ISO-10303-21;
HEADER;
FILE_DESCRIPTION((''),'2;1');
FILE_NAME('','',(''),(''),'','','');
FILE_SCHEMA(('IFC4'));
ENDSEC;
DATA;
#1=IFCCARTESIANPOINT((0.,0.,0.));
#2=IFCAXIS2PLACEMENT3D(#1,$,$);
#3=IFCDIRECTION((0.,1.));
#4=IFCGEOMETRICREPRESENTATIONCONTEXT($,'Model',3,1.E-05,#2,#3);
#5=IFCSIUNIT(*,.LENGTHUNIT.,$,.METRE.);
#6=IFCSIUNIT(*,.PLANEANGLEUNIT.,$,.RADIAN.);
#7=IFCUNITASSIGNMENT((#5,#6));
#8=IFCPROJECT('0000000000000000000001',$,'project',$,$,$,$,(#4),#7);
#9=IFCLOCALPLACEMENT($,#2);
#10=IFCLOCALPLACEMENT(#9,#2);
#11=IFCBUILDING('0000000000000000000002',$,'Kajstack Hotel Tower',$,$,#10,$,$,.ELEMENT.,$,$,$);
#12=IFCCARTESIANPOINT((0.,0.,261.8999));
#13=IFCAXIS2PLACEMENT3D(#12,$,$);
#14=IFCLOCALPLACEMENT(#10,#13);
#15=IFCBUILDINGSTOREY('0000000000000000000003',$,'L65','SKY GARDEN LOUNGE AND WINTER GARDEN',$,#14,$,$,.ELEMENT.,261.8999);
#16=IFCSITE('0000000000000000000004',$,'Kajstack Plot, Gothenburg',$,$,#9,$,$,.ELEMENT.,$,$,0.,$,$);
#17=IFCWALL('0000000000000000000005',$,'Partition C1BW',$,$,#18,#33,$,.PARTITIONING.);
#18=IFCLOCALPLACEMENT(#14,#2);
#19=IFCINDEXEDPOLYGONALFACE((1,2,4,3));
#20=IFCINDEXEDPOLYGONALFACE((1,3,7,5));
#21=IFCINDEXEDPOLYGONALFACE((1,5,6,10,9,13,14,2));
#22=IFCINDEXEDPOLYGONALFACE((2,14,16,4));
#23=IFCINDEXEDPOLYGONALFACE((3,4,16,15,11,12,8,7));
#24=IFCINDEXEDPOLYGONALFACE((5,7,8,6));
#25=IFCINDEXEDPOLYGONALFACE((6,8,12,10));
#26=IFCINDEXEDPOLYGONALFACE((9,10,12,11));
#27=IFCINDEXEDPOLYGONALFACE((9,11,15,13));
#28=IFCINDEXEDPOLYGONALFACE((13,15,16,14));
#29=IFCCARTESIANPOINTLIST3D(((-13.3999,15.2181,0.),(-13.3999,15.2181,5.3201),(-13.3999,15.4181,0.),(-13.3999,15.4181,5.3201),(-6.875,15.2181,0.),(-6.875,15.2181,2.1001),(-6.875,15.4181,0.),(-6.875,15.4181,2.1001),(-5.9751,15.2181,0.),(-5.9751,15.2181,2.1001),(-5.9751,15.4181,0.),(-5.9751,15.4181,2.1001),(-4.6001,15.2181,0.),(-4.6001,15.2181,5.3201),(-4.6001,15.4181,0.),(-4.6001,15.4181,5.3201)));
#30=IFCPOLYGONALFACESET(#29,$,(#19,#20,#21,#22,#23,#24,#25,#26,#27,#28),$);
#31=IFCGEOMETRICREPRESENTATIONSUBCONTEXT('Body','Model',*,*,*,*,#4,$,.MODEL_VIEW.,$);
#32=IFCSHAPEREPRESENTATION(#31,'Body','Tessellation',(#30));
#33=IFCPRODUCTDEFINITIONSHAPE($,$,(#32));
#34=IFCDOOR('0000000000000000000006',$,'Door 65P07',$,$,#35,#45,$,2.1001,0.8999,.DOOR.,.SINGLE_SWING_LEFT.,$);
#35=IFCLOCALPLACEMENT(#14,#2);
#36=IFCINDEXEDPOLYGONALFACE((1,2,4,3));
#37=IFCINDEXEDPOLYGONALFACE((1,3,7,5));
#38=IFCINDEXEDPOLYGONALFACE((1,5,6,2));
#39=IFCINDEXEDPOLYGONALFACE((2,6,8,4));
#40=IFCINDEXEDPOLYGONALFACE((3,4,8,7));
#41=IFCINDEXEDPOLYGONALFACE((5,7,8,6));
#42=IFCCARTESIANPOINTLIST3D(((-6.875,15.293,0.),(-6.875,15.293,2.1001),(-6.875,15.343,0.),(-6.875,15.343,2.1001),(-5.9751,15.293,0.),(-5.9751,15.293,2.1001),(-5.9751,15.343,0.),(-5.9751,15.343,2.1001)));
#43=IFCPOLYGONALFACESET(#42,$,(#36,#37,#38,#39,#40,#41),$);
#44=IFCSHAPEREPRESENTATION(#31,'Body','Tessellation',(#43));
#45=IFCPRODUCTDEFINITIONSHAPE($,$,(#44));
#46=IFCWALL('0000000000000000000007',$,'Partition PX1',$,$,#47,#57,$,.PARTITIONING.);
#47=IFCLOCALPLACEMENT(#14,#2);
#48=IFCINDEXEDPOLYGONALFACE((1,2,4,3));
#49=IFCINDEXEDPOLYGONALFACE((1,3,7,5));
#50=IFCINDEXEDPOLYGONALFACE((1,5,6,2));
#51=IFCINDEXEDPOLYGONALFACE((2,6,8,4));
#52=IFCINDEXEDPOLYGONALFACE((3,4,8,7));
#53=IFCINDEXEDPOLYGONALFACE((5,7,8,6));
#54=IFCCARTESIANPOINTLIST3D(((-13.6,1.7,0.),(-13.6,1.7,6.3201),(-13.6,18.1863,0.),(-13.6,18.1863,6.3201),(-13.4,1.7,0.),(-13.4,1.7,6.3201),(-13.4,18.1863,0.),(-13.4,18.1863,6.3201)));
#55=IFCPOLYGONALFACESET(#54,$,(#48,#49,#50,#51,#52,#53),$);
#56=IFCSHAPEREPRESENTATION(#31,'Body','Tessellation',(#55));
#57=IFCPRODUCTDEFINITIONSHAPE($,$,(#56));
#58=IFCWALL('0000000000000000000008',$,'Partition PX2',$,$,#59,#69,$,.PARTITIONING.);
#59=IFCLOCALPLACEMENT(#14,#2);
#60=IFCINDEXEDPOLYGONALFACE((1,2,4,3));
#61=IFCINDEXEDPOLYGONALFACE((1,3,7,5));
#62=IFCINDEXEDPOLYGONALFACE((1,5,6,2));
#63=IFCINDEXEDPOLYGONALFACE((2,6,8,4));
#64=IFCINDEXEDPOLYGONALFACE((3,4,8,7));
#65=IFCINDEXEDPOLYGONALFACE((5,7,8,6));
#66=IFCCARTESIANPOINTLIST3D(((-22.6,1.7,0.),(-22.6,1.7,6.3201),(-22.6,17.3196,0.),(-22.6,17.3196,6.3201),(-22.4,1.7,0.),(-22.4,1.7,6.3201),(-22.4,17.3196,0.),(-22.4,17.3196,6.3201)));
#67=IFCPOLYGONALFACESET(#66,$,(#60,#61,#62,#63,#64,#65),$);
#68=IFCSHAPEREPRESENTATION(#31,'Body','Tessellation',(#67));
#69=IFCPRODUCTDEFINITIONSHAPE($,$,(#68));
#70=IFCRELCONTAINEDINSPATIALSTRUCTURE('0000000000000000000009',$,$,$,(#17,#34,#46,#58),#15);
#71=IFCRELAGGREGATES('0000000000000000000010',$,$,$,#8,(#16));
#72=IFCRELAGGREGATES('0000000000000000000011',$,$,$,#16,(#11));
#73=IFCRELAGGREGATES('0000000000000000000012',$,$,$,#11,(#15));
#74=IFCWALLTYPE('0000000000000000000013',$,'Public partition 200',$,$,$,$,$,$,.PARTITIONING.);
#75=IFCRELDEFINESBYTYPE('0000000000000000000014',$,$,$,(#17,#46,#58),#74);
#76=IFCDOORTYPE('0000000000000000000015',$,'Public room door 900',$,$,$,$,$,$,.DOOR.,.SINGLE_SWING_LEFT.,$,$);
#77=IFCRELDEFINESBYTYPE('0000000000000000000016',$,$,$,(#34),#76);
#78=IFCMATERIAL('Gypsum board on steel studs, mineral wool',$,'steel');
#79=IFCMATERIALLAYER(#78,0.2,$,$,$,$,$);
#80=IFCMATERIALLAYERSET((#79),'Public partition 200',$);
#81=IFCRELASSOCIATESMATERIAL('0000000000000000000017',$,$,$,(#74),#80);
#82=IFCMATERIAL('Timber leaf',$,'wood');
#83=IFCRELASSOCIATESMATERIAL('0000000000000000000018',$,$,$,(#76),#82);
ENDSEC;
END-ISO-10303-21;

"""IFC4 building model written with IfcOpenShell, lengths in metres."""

from ifc_helpers import new_model, si_unit, direction, frame, frame_2d, origin, place, context, subcontext, project, spatial, rectangle, extrude, material, layer, layer_set, type_object, element, fill, save


model = new_model("IFC4")

# Units and contexts
model_context = context("Model", 3, precision=1e-05, world=origin(), true_north=direction((0.0, 1.0)))
body_context = subcontext(model_context, "Body", "Model", "MODEL_VIEW")
ifc_project = project(units=[si_unit("LENGTHUNIT", "METRE"), si_unit("PLANEANGLEUNIT", "RADIAN")], contexts=[model_context])

# Site, building, storey
site_placement = place(None, origin())
site = spatial("IfcSite", under=ifc_project, at=site_placement, Name="Kajstack Plot, Gothenburg", CompositionType="ELEMENT", RefElevation=0.0)
building_placement = place(site_placement, origin())
building = spatial("IfcBuilding", under=site, at=building_placement, Name="Kajstack Hotel Tower", CompositionType="ELEMENT")
storey_placement = place(building_placement, frame((0.0, 0.0, 261.8999)))
storey = spatial("IfcBuildingStorey", under=building, at=storey_placement, Name="L65", Description="SKY GARDEN LOUNGE AND WINTER GARDEN", CompositionType="ELEMENT", Elevation=261.8999)

# Shared definitions
ifc_material_1 = material(Name="Gypsum board on steel studs, mineral wool", Category="steel")
ifc_layer_1 = layer(ifc_material_1, 0.2)
ifc_layer_set_1 = layer_set([ifc_layer_1], Name="Public partition 200")
wall_type = type_object("IfcWallType", Name="Public partition 200", PredefinedType="PARTITIONING", material=ifc_layer_set_1)

# Wall, opening, door
wall_1_placement = place(storey_placement, frame((-13.3999, 15.3181, 0.0), z_axis=(0.0, 0.0, 1.0), x_axis=(1.0, 0.0, 0.0)))
wall_1 = element("IfcWall", 1, at=wall_1_placement, inside=storey, type_object=wall_type, Name="Partition C1BW", PredefinedType="PARTITIONING", context=body_context, shape_type="SweptSolid", body=[
    extrude(rectangle(XDim=8.7998, YDim=0.2, at=frame_2d((4.3999, 0.0))), origin(), (0.0, 0.0, 1.0), 5.3201),
])
opening_placement = place(wall_1_placement, frame((6.5249, 0.0, 0.0)))
opening = element("IfcOpeningElement", 2, at=opening_placement, cuts=wall_1, PredefinedType="OPENING", context=body_context, shape_type="SweptSolid", body=[
    extrude(rectangle(XDim=0.8999, YDim=2.1001, at=frame_2d((0.45, 1.05))), frame((0.0, 0.1099, 0.0), z_axis=(0.0, -1.0, 0.0), x_axis=(1.0, 0.0, 0.0)), (0.0, 0.0, 1.0), 0.22),
])
ifc_material_2 = material(Name="Timber leaf", Category="wood")
door_type = type_object("IfcDoorType", Name="Public room door 900", OperationType="SINGLE_SWING_LEFT", PredefinedType="DOOR", material=ifc_material_2)
door_placement = place(opening_placement, origin())
door = element("IfcDoor", 3, at=door_placement, inside=storey, type_object=door_type, Name="Door 65P07", OperationType="SINGLE_SWING_LEFT", OverallHeight=2.1001, OverallWidth=0.8999, PredefinedType="DOOR", context=body_context, shape_type="SweptSolid", body=[
    extrude(rectangle(XDim=0.8999, YDim=2.1001, at=frame_2d((0.45, 1.05))), frame((0.0, 0.0249, 0.0), z_axis=(0.0, -1.0, 0.0), x_axis=(1.0, 0.0, 0.0)), (0.0, 0.0, 1.0), 0.05),
])
fill(opening, door)

# Walls
wall_2_placement = place(storey_placement, frame((-13.5, 1.7, 0.0), z_axis=(0.0, 0.0, 1.0), x_axis=(0.0, 1.0, 0.0)))
element("IfcWall", 4, at=wall_2_placement, inside=storey, type_object=wall_type, Name="Partition PX1", PredefinedType="PARTITIONING", context=body_context, shape_type="SweptSolid", body=[
    extrude(rectangle(XDim=16.4863, YDim=0.2, at=frame_2d((8.2432, 0.0))), origin(), (0.0, 0.0, 1.0), 6.3201),
])
wall_3_placement = place(storey_placement, frame((-22.5, 1.7, 0.0), z_axis=(0.0, 0.0, 1.0), x_axis=(0.0, 1.0, 0.0)))
element("IfcWall", 5, at=wall_3_placement, inside=storey, type_object=wall_type, Name="Partition PX2", PredefinedType="PARTITIONING", context=body_context, shape_type="SweptSolid", body=[
    extrude(rectangle(XDim=15.6196, YDim=0.2, at=frame_2d((7.8098, 0.0))), origin(), (0.0, 0.0, 1.0), 6.3201),
])

save(model, "model.ifc")
